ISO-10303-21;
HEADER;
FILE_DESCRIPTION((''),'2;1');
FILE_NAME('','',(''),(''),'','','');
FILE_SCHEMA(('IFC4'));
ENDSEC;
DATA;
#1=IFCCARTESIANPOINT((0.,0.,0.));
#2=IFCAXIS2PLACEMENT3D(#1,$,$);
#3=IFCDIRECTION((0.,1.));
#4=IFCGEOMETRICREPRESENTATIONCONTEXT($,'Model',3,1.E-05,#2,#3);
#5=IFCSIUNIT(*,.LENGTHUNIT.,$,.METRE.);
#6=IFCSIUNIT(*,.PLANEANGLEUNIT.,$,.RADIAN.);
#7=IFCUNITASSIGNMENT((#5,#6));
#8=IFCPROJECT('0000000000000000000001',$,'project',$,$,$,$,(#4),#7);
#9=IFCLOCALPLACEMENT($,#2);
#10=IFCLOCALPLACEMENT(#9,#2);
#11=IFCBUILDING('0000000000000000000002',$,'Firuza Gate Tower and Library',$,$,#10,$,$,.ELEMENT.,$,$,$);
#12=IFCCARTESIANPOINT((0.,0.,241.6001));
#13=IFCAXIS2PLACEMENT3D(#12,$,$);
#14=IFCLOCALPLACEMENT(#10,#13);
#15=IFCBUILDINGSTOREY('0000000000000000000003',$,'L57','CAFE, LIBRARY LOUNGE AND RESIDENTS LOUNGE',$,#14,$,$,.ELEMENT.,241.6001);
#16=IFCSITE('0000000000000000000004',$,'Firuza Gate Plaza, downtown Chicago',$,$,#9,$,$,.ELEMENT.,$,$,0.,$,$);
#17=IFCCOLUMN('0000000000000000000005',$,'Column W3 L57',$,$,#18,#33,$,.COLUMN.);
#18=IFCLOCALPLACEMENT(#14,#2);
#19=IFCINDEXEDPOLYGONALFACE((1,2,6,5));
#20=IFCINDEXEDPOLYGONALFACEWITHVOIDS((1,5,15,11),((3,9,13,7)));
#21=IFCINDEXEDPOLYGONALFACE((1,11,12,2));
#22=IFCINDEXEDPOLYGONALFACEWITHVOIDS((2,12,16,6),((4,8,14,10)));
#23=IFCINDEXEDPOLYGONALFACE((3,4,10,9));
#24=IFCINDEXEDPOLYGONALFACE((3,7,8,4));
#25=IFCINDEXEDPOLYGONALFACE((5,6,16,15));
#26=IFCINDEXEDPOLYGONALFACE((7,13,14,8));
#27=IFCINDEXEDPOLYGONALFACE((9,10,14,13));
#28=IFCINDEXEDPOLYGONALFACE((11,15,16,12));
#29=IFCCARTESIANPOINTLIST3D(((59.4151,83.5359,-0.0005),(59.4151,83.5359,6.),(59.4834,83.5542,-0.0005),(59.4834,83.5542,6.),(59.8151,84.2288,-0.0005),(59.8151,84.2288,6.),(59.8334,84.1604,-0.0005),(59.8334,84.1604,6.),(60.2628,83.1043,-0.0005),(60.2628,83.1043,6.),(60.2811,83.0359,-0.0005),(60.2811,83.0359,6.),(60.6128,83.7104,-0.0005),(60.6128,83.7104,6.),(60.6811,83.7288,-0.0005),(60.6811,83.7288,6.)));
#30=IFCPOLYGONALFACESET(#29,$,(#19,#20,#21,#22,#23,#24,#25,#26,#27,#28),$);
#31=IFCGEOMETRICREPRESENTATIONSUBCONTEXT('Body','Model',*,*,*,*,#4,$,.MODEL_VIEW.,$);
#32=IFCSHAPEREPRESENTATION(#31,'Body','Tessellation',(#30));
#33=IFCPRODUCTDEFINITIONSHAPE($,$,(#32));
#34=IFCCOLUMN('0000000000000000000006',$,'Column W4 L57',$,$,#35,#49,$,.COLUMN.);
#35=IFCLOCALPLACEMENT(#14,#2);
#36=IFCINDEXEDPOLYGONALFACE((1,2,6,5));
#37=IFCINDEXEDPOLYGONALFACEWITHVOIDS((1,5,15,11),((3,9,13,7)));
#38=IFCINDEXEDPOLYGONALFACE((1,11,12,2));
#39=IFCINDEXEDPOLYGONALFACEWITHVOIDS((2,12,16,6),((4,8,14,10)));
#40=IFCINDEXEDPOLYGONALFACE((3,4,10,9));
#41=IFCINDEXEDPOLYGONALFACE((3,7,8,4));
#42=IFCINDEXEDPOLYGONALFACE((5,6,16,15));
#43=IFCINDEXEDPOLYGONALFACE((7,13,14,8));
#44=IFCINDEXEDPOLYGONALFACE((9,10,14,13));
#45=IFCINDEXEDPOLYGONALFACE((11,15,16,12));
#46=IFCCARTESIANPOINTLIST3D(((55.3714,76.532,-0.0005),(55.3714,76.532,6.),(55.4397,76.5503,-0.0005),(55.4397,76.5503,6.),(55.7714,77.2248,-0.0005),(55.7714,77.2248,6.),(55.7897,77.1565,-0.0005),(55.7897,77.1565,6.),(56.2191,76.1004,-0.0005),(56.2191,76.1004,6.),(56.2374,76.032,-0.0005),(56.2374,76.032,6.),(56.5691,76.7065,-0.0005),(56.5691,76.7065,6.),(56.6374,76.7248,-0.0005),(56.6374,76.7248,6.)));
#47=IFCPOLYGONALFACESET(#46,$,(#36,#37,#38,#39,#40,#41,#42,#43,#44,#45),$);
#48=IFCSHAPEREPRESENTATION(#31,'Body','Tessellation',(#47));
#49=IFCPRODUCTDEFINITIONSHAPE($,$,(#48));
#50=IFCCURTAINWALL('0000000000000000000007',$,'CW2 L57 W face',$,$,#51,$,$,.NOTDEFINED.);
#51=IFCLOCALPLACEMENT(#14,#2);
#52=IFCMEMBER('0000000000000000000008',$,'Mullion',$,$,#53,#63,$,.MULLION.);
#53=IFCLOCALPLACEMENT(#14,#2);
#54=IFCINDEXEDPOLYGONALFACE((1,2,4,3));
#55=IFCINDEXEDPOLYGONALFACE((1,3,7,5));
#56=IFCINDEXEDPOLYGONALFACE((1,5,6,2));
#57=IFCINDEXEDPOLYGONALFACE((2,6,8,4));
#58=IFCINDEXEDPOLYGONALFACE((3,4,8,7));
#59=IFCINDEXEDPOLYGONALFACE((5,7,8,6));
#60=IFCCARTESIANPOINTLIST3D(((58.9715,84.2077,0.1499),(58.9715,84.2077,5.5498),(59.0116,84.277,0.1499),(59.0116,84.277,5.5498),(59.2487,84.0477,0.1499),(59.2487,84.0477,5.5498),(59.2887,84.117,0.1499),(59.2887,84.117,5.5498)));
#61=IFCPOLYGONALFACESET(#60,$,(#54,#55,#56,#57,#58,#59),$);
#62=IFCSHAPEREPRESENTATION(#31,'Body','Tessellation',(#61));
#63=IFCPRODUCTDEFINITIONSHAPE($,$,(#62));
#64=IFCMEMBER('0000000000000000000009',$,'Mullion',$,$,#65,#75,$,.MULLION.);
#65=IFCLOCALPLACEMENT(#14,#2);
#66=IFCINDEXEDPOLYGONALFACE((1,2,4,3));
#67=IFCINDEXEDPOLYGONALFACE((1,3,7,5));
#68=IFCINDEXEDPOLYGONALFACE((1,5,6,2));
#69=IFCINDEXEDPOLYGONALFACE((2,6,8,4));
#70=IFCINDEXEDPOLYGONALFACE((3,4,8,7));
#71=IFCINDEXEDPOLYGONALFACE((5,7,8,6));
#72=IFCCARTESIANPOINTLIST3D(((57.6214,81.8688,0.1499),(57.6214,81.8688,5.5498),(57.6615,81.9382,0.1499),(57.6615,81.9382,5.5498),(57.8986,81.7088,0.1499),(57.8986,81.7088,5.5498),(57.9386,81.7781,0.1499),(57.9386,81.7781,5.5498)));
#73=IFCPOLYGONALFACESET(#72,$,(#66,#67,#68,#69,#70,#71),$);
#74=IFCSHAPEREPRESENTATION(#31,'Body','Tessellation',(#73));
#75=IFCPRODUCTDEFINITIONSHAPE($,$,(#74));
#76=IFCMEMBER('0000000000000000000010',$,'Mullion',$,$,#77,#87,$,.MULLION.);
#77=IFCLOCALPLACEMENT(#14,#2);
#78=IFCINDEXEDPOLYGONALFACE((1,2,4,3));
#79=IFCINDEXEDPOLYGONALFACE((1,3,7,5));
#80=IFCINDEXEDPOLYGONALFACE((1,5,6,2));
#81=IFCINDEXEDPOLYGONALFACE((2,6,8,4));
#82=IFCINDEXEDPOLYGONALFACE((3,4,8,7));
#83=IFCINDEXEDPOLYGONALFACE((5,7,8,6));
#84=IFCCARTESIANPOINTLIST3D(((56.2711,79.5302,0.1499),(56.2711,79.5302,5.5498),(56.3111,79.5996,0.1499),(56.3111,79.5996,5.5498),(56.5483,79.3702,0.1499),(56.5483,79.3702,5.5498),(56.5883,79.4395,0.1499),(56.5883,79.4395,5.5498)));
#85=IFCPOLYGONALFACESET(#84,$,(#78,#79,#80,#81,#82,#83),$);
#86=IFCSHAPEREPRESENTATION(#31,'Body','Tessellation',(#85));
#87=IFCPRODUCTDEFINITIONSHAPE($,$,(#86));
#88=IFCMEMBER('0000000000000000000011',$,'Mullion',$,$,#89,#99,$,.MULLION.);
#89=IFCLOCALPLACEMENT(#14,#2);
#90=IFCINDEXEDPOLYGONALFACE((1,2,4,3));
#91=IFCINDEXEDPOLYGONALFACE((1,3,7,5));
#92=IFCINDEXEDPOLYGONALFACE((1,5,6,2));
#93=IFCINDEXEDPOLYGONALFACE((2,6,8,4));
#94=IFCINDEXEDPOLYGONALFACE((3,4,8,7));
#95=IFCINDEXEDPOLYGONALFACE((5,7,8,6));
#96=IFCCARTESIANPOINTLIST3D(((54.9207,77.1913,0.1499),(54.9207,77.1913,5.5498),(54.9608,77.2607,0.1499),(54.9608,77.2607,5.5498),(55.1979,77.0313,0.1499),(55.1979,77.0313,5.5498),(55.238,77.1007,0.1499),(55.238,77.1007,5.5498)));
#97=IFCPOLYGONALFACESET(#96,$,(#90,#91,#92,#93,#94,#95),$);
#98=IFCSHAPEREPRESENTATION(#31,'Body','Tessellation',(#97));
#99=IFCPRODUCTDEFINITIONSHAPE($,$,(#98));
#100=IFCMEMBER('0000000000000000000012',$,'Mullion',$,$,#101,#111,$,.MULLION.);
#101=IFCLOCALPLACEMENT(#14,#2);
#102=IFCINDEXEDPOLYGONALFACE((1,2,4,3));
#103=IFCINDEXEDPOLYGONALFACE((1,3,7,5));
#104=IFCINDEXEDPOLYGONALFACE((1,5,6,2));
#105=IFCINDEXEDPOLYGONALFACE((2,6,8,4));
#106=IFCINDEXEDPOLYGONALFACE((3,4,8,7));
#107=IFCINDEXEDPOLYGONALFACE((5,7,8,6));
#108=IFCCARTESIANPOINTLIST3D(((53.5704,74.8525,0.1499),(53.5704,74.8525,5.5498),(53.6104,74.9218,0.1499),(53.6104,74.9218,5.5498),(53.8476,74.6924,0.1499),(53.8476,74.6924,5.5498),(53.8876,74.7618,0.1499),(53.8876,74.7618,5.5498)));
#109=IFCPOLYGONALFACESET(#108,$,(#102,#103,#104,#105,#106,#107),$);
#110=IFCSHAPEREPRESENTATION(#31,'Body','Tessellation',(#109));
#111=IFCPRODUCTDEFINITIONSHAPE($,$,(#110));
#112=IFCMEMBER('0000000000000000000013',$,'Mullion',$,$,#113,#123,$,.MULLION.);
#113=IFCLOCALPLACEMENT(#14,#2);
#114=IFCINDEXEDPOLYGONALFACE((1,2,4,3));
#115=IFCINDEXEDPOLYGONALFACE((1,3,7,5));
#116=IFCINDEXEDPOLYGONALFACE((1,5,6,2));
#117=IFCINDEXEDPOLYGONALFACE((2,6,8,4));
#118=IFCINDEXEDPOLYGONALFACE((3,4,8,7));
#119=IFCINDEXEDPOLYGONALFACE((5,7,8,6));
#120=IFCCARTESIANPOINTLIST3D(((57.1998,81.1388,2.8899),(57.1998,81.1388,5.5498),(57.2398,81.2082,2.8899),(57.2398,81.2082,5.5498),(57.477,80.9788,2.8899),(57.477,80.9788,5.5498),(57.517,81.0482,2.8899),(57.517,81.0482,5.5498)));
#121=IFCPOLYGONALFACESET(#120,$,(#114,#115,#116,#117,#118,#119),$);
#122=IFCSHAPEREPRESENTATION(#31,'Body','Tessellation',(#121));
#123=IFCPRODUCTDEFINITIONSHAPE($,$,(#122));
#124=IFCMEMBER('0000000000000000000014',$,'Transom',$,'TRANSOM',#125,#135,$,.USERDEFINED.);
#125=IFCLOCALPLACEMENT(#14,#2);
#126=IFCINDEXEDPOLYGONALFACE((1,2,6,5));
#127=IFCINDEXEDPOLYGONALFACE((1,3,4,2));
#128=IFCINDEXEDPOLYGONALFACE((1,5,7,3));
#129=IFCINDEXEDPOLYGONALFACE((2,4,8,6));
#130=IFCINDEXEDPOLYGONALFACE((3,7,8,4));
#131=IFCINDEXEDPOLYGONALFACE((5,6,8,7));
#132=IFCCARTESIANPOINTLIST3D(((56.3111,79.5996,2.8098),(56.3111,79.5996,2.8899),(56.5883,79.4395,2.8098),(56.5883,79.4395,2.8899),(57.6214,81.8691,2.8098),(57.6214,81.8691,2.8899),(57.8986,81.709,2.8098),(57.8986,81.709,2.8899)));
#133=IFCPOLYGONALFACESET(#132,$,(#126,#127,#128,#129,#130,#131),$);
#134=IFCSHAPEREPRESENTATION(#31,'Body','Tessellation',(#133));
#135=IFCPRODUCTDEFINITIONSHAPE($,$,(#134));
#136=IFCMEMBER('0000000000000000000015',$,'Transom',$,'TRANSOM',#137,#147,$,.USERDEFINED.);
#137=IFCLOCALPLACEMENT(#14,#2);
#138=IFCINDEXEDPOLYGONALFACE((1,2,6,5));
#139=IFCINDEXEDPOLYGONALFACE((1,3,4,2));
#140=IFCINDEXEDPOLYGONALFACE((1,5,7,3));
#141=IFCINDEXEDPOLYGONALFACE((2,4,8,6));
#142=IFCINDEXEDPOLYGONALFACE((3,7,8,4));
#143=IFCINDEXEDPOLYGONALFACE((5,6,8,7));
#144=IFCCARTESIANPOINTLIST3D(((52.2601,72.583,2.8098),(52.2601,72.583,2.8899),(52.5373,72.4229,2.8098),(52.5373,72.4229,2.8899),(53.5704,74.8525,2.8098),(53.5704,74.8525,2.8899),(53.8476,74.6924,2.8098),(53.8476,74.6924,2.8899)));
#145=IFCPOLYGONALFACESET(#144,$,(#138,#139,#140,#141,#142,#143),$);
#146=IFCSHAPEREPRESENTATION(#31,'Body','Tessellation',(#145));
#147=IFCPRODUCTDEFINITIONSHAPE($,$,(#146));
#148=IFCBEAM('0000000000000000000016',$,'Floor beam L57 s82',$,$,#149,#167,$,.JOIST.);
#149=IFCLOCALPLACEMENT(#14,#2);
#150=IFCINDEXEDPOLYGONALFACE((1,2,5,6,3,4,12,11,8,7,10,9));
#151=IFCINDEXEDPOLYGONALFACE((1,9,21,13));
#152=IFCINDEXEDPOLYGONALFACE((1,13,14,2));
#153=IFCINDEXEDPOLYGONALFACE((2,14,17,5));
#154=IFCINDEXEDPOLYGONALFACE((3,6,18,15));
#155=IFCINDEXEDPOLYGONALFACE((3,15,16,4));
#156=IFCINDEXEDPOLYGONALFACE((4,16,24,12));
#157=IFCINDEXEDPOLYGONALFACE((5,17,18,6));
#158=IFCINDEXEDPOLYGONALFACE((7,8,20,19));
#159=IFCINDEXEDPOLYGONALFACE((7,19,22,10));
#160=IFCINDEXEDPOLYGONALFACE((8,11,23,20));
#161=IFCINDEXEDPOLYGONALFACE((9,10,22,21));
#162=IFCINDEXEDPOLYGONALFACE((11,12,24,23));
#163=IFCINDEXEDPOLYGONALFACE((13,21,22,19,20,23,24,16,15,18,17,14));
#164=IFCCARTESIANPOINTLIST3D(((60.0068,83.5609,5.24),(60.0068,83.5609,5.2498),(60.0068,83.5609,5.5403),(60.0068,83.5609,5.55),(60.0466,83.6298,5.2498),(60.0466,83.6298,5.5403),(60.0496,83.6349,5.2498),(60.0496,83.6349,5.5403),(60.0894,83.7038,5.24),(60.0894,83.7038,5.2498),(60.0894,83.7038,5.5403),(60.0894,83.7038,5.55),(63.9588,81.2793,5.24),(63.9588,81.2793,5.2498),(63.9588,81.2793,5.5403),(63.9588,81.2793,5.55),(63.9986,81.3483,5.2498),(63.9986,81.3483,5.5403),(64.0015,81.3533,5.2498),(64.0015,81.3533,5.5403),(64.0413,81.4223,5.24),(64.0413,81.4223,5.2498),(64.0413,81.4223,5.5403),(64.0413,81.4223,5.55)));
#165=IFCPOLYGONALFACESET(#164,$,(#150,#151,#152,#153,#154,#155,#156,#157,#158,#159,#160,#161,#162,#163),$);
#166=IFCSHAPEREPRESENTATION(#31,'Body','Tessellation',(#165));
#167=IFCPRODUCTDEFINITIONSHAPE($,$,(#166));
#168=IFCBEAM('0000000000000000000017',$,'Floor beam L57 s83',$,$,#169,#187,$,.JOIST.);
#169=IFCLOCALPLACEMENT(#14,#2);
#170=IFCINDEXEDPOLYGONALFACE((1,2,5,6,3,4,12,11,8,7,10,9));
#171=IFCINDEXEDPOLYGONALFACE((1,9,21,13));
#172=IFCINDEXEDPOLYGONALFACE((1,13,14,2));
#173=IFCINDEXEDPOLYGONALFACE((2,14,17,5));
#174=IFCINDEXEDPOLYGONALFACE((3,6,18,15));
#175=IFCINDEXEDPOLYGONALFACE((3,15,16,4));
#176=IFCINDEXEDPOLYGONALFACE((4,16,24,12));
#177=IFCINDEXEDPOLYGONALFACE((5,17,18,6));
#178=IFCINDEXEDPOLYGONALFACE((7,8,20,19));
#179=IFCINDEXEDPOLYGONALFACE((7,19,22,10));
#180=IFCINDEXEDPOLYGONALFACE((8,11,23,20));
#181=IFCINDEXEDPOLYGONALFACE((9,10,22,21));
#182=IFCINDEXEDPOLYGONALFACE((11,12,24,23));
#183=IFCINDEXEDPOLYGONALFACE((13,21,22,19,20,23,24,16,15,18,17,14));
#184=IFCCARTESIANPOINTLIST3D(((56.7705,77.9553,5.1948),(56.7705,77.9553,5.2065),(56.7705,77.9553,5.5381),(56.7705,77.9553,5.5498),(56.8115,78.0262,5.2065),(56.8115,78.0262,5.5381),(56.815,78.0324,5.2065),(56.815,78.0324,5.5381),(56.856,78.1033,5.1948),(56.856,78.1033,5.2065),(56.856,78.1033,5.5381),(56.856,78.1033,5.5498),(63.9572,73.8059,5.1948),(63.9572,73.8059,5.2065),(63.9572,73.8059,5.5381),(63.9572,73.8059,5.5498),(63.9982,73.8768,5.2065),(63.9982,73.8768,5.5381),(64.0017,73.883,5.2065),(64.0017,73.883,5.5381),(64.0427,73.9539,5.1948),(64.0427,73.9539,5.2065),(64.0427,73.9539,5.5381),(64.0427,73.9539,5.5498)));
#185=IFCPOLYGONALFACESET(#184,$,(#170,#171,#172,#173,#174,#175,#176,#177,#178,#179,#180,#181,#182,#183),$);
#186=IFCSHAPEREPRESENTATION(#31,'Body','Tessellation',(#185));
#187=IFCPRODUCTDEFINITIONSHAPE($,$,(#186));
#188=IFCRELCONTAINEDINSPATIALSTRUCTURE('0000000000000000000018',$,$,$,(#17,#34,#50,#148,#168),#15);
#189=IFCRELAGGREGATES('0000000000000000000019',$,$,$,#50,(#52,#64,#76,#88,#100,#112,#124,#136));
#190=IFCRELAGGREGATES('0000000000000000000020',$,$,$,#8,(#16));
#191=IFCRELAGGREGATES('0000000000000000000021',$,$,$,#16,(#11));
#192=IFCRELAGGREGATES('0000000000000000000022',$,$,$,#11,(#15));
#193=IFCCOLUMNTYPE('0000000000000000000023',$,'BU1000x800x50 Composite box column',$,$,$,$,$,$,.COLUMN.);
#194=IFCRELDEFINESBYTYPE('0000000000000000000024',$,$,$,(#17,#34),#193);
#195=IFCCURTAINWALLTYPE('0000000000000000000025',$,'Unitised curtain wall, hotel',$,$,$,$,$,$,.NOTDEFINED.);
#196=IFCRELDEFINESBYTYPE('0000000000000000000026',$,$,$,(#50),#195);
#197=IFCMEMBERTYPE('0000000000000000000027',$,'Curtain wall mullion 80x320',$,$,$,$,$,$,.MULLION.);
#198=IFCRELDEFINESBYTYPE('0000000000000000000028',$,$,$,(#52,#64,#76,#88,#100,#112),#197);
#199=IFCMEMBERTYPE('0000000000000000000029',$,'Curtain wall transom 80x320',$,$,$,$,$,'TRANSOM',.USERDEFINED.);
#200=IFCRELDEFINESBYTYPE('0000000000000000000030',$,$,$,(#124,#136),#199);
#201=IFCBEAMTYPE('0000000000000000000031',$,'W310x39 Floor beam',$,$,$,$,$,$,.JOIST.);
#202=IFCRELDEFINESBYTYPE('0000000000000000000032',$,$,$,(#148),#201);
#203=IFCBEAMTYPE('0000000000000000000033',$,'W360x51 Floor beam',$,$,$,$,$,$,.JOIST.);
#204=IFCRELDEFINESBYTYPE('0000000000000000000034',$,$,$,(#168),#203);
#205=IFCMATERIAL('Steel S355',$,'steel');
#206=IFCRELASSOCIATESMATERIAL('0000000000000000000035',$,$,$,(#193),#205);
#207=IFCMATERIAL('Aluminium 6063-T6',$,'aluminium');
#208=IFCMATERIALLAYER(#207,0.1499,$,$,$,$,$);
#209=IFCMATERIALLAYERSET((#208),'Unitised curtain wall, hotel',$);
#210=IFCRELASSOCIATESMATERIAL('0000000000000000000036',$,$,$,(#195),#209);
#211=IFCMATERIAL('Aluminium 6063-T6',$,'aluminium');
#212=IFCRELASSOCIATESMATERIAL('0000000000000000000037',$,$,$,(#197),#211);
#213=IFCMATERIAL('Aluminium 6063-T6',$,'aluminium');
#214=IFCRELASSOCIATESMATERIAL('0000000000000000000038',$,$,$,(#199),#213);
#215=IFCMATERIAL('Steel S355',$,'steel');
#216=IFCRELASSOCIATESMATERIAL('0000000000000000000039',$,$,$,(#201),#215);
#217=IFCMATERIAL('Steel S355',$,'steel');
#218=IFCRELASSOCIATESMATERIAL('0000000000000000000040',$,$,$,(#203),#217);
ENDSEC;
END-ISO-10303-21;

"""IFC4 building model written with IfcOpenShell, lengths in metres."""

from ifc_helpers import new_model, si_unit, direction, frame, origin, origin_2d, place, context, subcontext, project, spatial, rectangle, hollow_rectangle, i_section, extrude, material, layer, layer_set, material_profile, profile_set, type_object, element, aggregate, save


model = new_model("IFC4")

# Units and contexts
model_context = context("Model", 3, precision=1e-05, world=origin(), true_north=direction((0.0, 1.0)))
body_context = subcontext(model_context, "Body", "Model", "MODEL_VIEW")
ifc_project = project(units=[si_unit("LENGTHUNIT", "METRE"), si_unit("PLANEANGLEUNIT", "RADIAN")], contexts=[model_context])

# Site, building, storey
site_placement = place(None, origin())
site = spatial("IfcSite", under=ifc_project, at=site_placement, Name="Firuza Gate Plaza, downtown Chicago", CompositionType="ELEMENT", RefElevation=0.0)
building_placement = place(site_placement, origin())
building = spatial("IfcBuilding", under=site, at=building_placement, Name="Firuza Gate Tower and Library", CompositionType="ELEMENT")
storey_placement = place(building_placement, frame((0.0, 0.0, 241.6001)))
storey = spatial("IfcBuildingStorey", under=building, at=storey_placement, Name="L57", Description="CAFE, LIBRARY LOUNGE AND RESIDENTS LOUNGE", CompositionType="ELEMENT", Elevation=241.6001)

# Columns
ifc_material_1 = material(Name="Steel S355", Category="steel")
ifc_material_profile_1 = material_profile(ifc_material_1, hollow_rectangle(XDim=0.8, YDim=1.0, WallThickness=0.05, at=origin_2d()))
ifc_profile_set_1 = profile_set([ifc_material_profile_1], Name="Steel S355")
column_type = type_object("IfcColumnType", Name="BU1000x800x50 Composite box column", PredefinedType="COLUMN", material=ifc_profile_set_1)
for number, where, z_axis, x_axis, name in (
    (1, (60.0481, 83.6323, -0.0005), (0.0, 0.0, 1.0), (-0.5, -0.866025, 0.0), "Column W3 L57"),
    (2, (56.0044, 76.6284, -0.0005), (0.0, 0.0, 1.0), (-0.5, -0.866025, 0.0), "Column W4 L57"),
):
    element("IfcColumn", number, at=place(storey_placement, frame(where, z_axis=z_axis, x_axis=x_axis)), inside=storey, type_object=column_type, Name=name, PredefinedType="COLUMN", context=body_context, shape_type="SweptSolid", body=[
        extrude(hollow_rectangle(XDim=0.8, YDim=1.0, WallThickness=0.05, at=origin_2d()), origin(), (0.0, 0.0, 1.0), 6.0005),
    ])

# Curtain wall, members
ifc_material_2 = material(Name="Aluminium 6063-T6", Category="aluminium")
ifc_layer_1 = layer(ifc_material_2, 0.1499)
ifc_layer_set_1 = layer_set([ifc_layer_1], Name="Unitised curtain wall, hotel")
curtain_wall_type = type_object("IfcCurtainWallType", Name="Unitised curtain wall, hotel", PredefinedType="NOTDEFINED", material=ifc_layer_set_1)
curtain_wall_placement = place(storey_placement, origin())
curtain_wall = element("IfcCurtainWall", 3, at=curtain_wall_placement, inside=storey, type_object=curtain_wall_type, Name="CW2 L57 W face", PredefinedType="NOTDEFINED")
ifc_material_3 = material(Name="Aluminium 6063-T6", Category="aluminium")
ifc_material_profile_2 = material_profile(ifc_material_3, rectangle(XDim=0.3201, YDim=0.0801, at=origin_2d()))
ifc_profile_set_2 = profile_set([ifc_material_profile_2], Name="Aluminium 6063-T6")
member_type_1 = type_object("IfcMemberType", Name="Curtain wall mullion 80x320", PredefinedType="MULLION", material=ifc_profile_set_2)
member_1_placement = place(storey_placement, frame((59.1301, 84.1624, 0.1499), z_axis=(0.0, 0.0, 1.0), x_axis=(0.866025, -0.5, 0.0)))
member_1 = element("IfcMember", 4, at=member_1_placement, type_object=member_type_1, Name="Mullion", PredefinedType="MULLION", context=body_context, shape_type="SweptSolid", body=[
    extrude(rectangle(XDim=0.3201, YDim=0.0801, at=origin_2d()), origin(), (0.0, 0.0, 1.0), 5.3999),
])
member_2_placement = place(storey_placement, frame((57.78, 81.8235, 0.1499), z_axis=(0.0, 0.0, 1.0), x_axis=(0.866025, -0.5, 0.0)))
member_2 = element("IfcMember", 5, at=member_2_placement, type_object=member_type_1, Name="Mullion", PredefinedType="MULLION", context=body_context, shape_type="SweptSolid", body=[
    extrude(rectangle(XDim=0.3201, YDim=0.0801, at=origin_2d()), origin(), (0.0, 0.0, 1.0), 5.3999),
])
member_3_placement = place(storey_placement, frame((56.4297, 79.4849, 0.1499), z_axis=(0.0, 0.0, 1.0), x_axis=(0.866025, -0.5, 0.0)))
member_3 = element("IfcMember", 6, at=member_3_placement, type_object=member_type_1, Name="Mullion", PredefinedType="MULLION", context=body_context, shape_type="SweptSolid", body=[
    extrude(rectangle(XDim=0.3201, YDim=0.0801, at=origin_2d()), origin(), (0.0, 0.0, 1.0), 5.3999),
])
member_4_placement = place(storey_placement, frame((55.0793, 77.146, 0.1499), z_axis=(0.0, 0.0, 1.0), x_axis=(0.866025, -0.5, 0.0)))
member_4 = element("IfcMember", 7, at=member_4_placement, type_object=member_type_1, Name="Mullion", PredefinedType="MULLION", context=body_context, shape_type="SweptSolid", body=[
    extrude(rectangle(XDim=0.3201, YDim=0.0801, at=origin_2d()), origin(), (0.0, 0.0, 1.0), 5.3999),
])
member_5_placement = place(storey_placement, frame((53.729, 74.8071, 0.1499), z_axis=(0.0, 0.0, 1.0), x_axis=(0.866025, -0.5, 0.0)))
member_5 = element("IfcMember", 8, at=member_5_placement, type_object=member_type_1, Name="Mullion", PredefinedType="MULLION", context=body_context, shape_type="SweptSolid", body=[
    extrude(rectangle(XDim=0.3201, YDim=0.0801, at=origin_2d()), origin(), (0.0, 0.0, 1.0), 5.3999),
])
member_6_placement = place(storey_placement, frame((57.3584, 81.0935, 2.8899), z_axis=(0.0, 0.0, 1.0), x_axis=(0.866025, -0.5, 0.0)))
member_6 = element("IfcMember", 9, at=member_6_placement, type_object=member_type_1, Name="Mullion", PredefinedType="MULLION", context=body_context, shape_type="SweptSolid", body=[
    extrude(rectangle(XDim=0.3201, YDim=0.0801, at=origin_2d()), origin(), (0.0, 0.0, 1.0), 2.6599),
])
ifc_material_4 = material(Name="Aluminium 6063-T6", Category="aluminium")
ifc_material_profile_3 = material_profile(ifc_material_4, rectangle(XDim=0.3201, YDim=0.0801, at=origin_2d()))
ifc_profile_set_3 = profile_set([ifc_material_profile_3], Name="Aluminium 6063-T6")
member_type_2 = type_object("IfcMemberType", Name="Curtain wall transom 80x320", ElementType="TRANSOM", PredefinedType="USERDEFINED", material=ifc_profile_set_3)
member_7_placement = place(storey_placement, frame((57.76, 81.7891, 2.8499), z_axis=(-0.499997, -0.866027, 0.0), x_axis=(0.866027, -0.499997, 0.0)))
member_7 = element("IfcMember", 10, at=member_7_placement, type_object=member_type_2, Name="Transom", ObjectType="TRANSOM", PredefinedType="USERDEFINED", context=body_context, shape_type="SweptSolid", body=[
    extrude(rectangle(XDim=0.3201, YDim=0.0801, at=origin_2d()), origin(), (0.0, 0.0, 1.0), 2.6206),
])
member_8_placement = place(storey_placement, frame((53.709, 74.7725, 2.8499), z_axis=(-0.499997, -0.866027, 0.0), x_axis=(0.866027, -0.499997, 0.0)))
member_8 = element("IfcMember", 11, at=member_8_placement, type_object=member_type_2, Name="Transom", ObjectType="TRANSOM", PredefinedType="USERDEFINED", context=body_context, shape_type="SweptSolid", body=[
    extrude(rectangle(XDim=0.3201, YDim=0.0801, at=origin_2d()), origin(), (0.0, 0.0, 1.0), 2.6206),
])

# Beams
ifc_material_5 = material(Name="Steel S355", Category="steel")
ifc_material_profile_4 = material_profile(ifc_material_5, i_section(OverallWidth=0.165, OverallDepth=0.3101, WebThickness=0.0059, FlangeThickness=0.0098, at=origin_2d()))
ifc_profile_set_4 = profile_set([ifc_material_profile_4], Name="Steel S355")
beam_type_1 = type_object("IfcBeamType", Name="W310x39 Floor beam", PredefinedType="JOIST", material=ifc_profile_set_4)
beam_1_placement = place(storey_placement, frame((60.0481, 83.6323, 5.395), z_axis=(0.866039, -0.499977, 0.0), x_axis=(0.499977, 0.866039, 0.0)))
element("IfcBeam", 12, at=beam_1_placement, inside=storey, type_object=beam_type_1, Name="Floor beam L57 s82", PredefinedType="JOIST", context=body_context, shape_type="SweptSolid", body=[
    extrude(i_section(OverallWidth=0.165, OverallDepth=0.3101, WebThickness=0.0059, FlangeThickness=0.0098, at=origin_2d()), origin(), (0.0, 0.0, 1.0), 4.5632),
])
ifc_material_6 = material(Name="Steel S355", Category="steel")
ifc_material_profile_5 = material_profile(ifc_material_6, i_section(OverallWidth=0.1709, OverallDepth=0.355, WebThickness=0.0071, FlangeThickness=0.0117, at=origin_2d()))
ifc_profile_set_5 = profile_set([ifc_material_profile_5], Name="Steel S355")
beam_type_2 = type_object("IfcBeamType", Name="W360x51 Floor beam", PredefinedType="JOIST", material=ifc_profile_set_5)
beam_2_placement = place(storey_placement, frame((56.8132, 78.0293, 5.3723), z_axis=(0.866019, -0.500012, 0.0), x_axis=(0.500012, 0.866019, 0.0)))
element("IfcBeam", 13, at=beam_2_placement, inside=storey, type_object=beam_type_2, Name="Floor beam L57 s83", PredefinedType="JOIST", context=body_context, shape_type="SweptSolid", body=[
    extrude(i_section(OverallWidth=0.1709, OverallDepth=0.355, WebThickness=0.0071, FlangeThickness=0.0117, at=origin_2d()), origin(), (0.0, 0.0, 1.0), 8.2986),
])

aggregate(curtain_wall, [member_1, member_2, member_3, member_4, member_5, member_6, member_7, member_8])

save(model, "model.ifc")
